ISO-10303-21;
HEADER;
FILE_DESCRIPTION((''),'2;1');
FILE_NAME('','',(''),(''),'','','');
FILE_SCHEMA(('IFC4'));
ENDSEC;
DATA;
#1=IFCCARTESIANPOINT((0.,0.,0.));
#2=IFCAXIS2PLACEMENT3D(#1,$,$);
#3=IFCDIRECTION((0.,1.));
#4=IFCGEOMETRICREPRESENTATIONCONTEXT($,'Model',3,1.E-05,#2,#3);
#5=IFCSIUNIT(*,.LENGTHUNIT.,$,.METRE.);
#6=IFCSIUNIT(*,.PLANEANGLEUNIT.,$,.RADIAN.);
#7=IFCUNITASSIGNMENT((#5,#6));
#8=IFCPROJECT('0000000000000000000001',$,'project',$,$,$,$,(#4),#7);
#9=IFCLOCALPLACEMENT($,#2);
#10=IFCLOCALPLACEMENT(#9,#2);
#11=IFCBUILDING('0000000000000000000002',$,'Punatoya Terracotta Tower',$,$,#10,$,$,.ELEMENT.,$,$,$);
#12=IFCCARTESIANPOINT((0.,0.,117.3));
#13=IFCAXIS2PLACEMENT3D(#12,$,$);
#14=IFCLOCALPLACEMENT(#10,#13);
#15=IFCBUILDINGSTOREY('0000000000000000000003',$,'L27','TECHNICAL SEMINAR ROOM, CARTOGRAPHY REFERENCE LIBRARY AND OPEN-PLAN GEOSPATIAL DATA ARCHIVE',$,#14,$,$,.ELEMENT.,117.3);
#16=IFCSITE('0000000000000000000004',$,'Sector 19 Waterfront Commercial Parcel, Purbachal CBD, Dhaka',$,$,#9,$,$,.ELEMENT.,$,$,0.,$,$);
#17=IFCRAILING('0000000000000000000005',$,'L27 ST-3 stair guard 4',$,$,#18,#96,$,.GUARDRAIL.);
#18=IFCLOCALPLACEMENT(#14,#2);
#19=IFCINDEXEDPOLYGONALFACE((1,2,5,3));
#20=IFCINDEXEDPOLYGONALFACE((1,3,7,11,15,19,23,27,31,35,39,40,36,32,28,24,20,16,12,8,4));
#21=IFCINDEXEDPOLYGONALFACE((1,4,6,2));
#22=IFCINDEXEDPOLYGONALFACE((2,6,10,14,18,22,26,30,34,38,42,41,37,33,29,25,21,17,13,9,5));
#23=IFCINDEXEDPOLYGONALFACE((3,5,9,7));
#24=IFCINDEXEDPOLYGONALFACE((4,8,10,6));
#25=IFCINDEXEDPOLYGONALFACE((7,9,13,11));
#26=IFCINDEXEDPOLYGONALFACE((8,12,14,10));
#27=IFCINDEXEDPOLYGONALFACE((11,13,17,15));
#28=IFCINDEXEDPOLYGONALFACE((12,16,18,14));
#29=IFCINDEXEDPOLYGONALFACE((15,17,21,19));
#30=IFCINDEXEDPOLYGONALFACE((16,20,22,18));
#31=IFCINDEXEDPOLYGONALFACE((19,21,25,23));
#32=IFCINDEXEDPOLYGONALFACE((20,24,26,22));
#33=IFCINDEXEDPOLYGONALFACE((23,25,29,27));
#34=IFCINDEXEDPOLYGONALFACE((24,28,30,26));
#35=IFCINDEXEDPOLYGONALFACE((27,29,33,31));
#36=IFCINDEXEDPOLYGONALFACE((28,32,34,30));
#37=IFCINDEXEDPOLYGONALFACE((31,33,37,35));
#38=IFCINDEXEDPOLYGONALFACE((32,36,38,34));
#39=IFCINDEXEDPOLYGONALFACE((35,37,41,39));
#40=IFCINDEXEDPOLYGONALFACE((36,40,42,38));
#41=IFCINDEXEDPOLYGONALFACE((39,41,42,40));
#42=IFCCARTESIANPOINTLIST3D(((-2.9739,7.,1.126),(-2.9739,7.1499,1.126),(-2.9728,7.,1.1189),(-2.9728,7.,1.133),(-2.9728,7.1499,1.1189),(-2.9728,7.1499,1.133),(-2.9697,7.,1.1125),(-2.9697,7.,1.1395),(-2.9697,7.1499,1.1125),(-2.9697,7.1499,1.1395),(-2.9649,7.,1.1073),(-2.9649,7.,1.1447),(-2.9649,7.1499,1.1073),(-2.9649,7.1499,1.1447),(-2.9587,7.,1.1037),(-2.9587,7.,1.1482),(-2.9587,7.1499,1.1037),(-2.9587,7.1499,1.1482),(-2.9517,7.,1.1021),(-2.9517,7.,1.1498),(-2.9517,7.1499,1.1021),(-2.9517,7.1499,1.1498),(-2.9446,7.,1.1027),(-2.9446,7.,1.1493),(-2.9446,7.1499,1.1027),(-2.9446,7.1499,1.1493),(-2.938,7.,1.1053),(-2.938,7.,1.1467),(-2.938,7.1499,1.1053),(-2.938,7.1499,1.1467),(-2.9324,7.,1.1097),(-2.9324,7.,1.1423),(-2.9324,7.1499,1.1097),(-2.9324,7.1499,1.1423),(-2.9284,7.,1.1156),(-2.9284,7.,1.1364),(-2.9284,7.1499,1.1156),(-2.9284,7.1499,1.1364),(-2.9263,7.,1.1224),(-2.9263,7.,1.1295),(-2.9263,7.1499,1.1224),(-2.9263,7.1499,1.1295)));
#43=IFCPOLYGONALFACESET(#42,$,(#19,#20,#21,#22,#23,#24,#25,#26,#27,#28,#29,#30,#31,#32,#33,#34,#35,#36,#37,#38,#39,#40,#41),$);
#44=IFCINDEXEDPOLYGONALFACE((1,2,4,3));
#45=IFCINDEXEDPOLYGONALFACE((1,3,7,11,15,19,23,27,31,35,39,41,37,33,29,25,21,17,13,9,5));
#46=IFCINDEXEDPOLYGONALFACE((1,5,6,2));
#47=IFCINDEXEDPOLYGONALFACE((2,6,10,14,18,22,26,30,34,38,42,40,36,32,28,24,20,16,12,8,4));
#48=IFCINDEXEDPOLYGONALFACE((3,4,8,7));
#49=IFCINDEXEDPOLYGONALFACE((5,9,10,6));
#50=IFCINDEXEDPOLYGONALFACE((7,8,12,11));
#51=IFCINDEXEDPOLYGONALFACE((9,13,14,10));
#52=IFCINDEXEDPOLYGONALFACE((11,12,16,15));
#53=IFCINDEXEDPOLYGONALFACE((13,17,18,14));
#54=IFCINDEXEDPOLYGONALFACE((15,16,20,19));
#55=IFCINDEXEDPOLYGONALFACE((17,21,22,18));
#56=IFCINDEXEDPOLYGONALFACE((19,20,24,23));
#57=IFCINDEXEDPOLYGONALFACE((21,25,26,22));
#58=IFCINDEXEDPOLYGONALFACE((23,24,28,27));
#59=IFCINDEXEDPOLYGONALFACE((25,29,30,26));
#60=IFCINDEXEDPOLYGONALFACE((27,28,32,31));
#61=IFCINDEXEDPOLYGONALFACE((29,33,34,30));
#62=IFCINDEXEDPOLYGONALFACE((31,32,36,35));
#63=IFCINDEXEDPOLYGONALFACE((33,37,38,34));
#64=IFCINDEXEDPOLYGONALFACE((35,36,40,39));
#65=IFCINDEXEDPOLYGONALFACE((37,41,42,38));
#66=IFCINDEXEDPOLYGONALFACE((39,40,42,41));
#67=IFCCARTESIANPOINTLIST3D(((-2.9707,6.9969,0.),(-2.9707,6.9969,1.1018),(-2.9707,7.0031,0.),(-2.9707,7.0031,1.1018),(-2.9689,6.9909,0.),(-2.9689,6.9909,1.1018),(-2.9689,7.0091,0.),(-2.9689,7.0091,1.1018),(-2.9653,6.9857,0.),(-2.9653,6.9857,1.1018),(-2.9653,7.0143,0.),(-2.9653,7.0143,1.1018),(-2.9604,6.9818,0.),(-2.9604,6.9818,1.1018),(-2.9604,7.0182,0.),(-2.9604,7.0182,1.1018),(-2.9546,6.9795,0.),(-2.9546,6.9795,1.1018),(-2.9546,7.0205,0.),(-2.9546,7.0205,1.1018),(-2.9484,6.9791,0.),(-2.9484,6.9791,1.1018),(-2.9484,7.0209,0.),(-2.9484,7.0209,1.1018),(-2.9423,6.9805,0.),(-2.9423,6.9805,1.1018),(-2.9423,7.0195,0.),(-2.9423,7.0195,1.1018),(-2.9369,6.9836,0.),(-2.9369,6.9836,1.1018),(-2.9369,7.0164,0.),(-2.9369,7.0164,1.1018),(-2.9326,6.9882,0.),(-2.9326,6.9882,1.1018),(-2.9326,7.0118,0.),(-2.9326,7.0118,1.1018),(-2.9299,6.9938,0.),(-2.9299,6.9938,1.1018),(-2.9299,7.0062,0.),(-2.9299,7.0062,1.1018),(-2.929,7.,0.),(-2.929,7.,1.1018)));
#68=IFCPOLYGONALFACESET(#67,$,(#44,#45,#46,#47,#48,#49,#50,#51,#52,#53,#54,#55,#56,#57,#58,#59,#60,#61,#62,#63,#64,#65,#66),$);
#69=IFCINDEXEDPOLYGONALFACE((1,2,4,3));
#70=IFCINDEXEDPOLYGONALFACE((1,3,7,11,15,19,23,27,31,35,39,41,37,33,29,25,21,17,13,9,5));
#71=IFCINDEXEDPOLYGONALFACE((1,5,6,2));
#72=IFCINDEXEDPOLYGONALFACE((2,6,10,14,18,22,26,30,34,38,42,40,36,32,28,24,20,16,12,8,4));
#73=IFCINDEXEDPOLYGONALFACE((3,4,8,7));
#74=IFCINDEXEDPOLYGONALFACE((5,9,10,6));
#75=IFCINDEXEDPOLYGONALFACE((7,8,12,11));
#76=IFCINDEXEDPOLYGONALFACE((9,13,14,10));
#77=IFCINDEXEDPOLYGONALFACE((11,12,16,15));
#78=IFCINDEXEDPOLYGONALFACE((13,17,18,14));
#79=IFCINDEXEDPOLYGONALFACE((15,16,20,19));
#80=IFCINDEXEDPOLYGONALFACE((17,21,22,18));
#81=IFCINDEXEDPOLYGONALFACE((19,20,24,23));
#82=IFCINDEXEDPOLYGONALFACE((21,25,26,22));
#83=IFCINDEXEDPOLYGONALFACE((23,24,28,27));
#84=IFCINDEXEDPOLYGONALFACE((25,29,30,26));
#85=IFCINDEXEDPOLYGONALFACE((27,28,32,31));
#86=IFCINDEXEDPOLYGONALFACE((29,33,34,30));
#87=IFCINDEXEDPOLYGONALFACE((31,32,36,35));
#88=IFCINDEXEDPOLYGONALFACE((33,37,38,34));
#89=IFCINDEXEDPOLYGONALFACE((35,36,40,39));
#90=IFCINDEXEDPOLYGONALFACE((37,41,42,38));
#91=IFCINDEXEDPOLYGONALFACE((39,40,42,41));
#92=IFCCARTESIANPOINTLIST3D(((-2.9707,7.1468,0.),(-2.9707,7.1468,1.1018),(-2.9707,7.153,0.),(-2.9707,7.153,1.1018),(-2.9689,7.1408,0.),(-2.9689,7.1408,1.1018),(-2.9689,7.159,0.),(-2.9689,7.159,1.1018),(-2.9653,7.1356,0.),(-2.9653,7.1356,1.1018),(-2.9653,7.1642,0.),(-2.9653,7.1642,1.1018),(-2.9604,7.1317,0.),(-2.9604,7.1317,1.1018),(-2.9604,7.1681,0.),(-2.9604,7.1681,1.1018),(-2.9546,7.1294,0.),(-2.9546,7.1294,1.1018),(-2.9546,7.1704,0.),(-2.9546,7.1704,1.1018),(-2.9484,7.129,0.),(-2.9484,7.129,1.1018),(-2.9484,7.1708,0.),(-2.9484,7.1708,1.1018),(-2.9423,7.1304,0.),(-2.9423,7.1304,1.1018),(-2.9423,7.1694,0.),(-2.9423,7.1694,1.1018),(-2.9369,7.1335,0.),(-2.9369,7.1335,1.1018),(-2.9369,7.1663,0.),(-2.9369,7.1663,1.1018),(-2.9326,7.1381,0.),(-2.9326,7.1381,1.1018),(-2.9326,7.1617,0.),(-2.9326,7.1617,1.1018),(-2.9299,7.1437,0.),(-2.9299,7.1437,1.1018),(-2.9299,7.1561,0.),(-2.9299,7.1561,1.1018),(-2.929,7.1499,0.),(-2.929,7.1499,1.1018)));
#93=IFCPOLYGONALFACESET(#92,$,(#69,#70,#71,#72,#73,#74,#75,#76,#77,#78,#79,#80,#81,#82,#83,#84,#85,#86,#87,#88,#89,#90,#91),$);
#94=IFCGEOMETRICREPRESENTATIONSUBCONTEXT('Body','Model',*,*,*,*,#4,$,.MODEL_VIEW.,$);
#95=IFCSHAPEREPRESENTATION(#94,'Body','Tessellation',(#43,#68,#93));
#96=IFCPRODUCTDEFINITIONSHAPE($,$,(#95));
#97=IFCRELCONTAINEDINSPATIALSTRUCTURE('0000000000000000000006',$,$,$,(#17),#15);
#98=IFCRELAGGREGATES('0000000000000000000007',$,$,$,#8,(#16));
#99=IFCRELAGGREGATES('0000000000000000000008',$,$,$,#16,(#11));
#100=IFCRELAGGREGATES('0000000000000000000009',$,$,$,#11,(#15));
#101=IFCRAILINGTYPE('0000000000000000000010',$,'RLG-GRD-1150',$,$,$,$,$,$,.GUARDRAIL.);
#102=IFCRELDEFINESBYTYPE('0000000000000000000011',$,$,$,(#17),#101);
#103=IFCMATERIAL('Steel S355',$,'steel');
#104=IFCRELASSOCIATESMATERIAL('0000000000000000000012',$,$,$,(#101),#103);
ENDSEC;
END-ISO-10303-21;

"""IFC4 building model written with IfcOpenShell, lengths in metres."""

from ifc_helpers import new_model, si_unit, direction, frame, origin, origin_2d, place, context, subcontext, project, spatial, circle, extrude, material, type_object, element, save


model = new_model("IFC4")

# Units and contexts
model_context = context("Model", 3, precision=1e-05, world=origin(), true_north=direction((0.0, 1.0)))
body_context = subcontext(model_context, "Body", "Model", "MODEL_VIEW")
ifc_project = project(units=[si_unit("LENGTHUNIT", "METRE"), si_unit("PLANEANGLEUNIT", "RADIAN")], contexts=[model_context])

# Site, building, storey
site_placement = place(None, origin())
site = spatial("IfcSite", under=ifc_project, at=site_placement, Name="Sector 19 Waterfront Commercial Parcel, Purbachal CBD, Dhaka", CompositionType="ELEMENT", RefElevation=0.0)
building_placement = place(site_placement, origin())
building = spatial("IfcBuilding", under=site, at=building_placement, Name="Punatoya Terracotta Tower", CompositionType="ELEMENT")
storey_placement = place(building_placement, frame((0.0, 0.0, 117.3)))
storey = spatial("IfcBuildingStorey", under=building, at=storey_placement, Name="L27", Description="TECHNICAL SEMINAR ROOM, CARTOGRAPHY REFERENCE LIBRARY AND OPEN-PLAN GEOSPATIAL DATA ARCHIVE", CompositionType="ELEMENT", Elevation=117.3)

# Shared definitions
ifc_material_1 = material(Name="Steel S355", Category="steel")

# Railing
railing_type_1 = type_object("IfcRailingType", Name="RLG-GRD-1150", PredefinedType="GUARDRAIL", material=ifc_material_1)
railing_1_placement = place(storey_placement, frame((-2.95, 7.0, 0.0)))
element("IfcRailing", 1, at=railing_1_placement, inside=storey, type_object=railing_type_1, Name="L27 ST-3 stair guard 4", PredefinedType="GUARDRAIL", context=body_context, shape_type="SweptSolid", body=[
    extrude(circle(Radius=0.0239, at=origin_2d()), frame((0.0, 0.0, 1.126), z_axis=(0.0, 1.0, 0.0), x_axis=(-1.0, 0.0, 0.0)), (0.0, 0.0, 1.0), 0.1499),
    extrude(circle(Radius=0.021, at=origin_2d()), origin(), (0.0, 0.0, 1.0), 1.1018),
    extrude(circle(Radius=0.021, at=origin_2d()), frame((0.0, 0.1499, 0.0)), (0.0, 0.0, 1.0), 1.1018),
])

save(model, "model.ifc")
